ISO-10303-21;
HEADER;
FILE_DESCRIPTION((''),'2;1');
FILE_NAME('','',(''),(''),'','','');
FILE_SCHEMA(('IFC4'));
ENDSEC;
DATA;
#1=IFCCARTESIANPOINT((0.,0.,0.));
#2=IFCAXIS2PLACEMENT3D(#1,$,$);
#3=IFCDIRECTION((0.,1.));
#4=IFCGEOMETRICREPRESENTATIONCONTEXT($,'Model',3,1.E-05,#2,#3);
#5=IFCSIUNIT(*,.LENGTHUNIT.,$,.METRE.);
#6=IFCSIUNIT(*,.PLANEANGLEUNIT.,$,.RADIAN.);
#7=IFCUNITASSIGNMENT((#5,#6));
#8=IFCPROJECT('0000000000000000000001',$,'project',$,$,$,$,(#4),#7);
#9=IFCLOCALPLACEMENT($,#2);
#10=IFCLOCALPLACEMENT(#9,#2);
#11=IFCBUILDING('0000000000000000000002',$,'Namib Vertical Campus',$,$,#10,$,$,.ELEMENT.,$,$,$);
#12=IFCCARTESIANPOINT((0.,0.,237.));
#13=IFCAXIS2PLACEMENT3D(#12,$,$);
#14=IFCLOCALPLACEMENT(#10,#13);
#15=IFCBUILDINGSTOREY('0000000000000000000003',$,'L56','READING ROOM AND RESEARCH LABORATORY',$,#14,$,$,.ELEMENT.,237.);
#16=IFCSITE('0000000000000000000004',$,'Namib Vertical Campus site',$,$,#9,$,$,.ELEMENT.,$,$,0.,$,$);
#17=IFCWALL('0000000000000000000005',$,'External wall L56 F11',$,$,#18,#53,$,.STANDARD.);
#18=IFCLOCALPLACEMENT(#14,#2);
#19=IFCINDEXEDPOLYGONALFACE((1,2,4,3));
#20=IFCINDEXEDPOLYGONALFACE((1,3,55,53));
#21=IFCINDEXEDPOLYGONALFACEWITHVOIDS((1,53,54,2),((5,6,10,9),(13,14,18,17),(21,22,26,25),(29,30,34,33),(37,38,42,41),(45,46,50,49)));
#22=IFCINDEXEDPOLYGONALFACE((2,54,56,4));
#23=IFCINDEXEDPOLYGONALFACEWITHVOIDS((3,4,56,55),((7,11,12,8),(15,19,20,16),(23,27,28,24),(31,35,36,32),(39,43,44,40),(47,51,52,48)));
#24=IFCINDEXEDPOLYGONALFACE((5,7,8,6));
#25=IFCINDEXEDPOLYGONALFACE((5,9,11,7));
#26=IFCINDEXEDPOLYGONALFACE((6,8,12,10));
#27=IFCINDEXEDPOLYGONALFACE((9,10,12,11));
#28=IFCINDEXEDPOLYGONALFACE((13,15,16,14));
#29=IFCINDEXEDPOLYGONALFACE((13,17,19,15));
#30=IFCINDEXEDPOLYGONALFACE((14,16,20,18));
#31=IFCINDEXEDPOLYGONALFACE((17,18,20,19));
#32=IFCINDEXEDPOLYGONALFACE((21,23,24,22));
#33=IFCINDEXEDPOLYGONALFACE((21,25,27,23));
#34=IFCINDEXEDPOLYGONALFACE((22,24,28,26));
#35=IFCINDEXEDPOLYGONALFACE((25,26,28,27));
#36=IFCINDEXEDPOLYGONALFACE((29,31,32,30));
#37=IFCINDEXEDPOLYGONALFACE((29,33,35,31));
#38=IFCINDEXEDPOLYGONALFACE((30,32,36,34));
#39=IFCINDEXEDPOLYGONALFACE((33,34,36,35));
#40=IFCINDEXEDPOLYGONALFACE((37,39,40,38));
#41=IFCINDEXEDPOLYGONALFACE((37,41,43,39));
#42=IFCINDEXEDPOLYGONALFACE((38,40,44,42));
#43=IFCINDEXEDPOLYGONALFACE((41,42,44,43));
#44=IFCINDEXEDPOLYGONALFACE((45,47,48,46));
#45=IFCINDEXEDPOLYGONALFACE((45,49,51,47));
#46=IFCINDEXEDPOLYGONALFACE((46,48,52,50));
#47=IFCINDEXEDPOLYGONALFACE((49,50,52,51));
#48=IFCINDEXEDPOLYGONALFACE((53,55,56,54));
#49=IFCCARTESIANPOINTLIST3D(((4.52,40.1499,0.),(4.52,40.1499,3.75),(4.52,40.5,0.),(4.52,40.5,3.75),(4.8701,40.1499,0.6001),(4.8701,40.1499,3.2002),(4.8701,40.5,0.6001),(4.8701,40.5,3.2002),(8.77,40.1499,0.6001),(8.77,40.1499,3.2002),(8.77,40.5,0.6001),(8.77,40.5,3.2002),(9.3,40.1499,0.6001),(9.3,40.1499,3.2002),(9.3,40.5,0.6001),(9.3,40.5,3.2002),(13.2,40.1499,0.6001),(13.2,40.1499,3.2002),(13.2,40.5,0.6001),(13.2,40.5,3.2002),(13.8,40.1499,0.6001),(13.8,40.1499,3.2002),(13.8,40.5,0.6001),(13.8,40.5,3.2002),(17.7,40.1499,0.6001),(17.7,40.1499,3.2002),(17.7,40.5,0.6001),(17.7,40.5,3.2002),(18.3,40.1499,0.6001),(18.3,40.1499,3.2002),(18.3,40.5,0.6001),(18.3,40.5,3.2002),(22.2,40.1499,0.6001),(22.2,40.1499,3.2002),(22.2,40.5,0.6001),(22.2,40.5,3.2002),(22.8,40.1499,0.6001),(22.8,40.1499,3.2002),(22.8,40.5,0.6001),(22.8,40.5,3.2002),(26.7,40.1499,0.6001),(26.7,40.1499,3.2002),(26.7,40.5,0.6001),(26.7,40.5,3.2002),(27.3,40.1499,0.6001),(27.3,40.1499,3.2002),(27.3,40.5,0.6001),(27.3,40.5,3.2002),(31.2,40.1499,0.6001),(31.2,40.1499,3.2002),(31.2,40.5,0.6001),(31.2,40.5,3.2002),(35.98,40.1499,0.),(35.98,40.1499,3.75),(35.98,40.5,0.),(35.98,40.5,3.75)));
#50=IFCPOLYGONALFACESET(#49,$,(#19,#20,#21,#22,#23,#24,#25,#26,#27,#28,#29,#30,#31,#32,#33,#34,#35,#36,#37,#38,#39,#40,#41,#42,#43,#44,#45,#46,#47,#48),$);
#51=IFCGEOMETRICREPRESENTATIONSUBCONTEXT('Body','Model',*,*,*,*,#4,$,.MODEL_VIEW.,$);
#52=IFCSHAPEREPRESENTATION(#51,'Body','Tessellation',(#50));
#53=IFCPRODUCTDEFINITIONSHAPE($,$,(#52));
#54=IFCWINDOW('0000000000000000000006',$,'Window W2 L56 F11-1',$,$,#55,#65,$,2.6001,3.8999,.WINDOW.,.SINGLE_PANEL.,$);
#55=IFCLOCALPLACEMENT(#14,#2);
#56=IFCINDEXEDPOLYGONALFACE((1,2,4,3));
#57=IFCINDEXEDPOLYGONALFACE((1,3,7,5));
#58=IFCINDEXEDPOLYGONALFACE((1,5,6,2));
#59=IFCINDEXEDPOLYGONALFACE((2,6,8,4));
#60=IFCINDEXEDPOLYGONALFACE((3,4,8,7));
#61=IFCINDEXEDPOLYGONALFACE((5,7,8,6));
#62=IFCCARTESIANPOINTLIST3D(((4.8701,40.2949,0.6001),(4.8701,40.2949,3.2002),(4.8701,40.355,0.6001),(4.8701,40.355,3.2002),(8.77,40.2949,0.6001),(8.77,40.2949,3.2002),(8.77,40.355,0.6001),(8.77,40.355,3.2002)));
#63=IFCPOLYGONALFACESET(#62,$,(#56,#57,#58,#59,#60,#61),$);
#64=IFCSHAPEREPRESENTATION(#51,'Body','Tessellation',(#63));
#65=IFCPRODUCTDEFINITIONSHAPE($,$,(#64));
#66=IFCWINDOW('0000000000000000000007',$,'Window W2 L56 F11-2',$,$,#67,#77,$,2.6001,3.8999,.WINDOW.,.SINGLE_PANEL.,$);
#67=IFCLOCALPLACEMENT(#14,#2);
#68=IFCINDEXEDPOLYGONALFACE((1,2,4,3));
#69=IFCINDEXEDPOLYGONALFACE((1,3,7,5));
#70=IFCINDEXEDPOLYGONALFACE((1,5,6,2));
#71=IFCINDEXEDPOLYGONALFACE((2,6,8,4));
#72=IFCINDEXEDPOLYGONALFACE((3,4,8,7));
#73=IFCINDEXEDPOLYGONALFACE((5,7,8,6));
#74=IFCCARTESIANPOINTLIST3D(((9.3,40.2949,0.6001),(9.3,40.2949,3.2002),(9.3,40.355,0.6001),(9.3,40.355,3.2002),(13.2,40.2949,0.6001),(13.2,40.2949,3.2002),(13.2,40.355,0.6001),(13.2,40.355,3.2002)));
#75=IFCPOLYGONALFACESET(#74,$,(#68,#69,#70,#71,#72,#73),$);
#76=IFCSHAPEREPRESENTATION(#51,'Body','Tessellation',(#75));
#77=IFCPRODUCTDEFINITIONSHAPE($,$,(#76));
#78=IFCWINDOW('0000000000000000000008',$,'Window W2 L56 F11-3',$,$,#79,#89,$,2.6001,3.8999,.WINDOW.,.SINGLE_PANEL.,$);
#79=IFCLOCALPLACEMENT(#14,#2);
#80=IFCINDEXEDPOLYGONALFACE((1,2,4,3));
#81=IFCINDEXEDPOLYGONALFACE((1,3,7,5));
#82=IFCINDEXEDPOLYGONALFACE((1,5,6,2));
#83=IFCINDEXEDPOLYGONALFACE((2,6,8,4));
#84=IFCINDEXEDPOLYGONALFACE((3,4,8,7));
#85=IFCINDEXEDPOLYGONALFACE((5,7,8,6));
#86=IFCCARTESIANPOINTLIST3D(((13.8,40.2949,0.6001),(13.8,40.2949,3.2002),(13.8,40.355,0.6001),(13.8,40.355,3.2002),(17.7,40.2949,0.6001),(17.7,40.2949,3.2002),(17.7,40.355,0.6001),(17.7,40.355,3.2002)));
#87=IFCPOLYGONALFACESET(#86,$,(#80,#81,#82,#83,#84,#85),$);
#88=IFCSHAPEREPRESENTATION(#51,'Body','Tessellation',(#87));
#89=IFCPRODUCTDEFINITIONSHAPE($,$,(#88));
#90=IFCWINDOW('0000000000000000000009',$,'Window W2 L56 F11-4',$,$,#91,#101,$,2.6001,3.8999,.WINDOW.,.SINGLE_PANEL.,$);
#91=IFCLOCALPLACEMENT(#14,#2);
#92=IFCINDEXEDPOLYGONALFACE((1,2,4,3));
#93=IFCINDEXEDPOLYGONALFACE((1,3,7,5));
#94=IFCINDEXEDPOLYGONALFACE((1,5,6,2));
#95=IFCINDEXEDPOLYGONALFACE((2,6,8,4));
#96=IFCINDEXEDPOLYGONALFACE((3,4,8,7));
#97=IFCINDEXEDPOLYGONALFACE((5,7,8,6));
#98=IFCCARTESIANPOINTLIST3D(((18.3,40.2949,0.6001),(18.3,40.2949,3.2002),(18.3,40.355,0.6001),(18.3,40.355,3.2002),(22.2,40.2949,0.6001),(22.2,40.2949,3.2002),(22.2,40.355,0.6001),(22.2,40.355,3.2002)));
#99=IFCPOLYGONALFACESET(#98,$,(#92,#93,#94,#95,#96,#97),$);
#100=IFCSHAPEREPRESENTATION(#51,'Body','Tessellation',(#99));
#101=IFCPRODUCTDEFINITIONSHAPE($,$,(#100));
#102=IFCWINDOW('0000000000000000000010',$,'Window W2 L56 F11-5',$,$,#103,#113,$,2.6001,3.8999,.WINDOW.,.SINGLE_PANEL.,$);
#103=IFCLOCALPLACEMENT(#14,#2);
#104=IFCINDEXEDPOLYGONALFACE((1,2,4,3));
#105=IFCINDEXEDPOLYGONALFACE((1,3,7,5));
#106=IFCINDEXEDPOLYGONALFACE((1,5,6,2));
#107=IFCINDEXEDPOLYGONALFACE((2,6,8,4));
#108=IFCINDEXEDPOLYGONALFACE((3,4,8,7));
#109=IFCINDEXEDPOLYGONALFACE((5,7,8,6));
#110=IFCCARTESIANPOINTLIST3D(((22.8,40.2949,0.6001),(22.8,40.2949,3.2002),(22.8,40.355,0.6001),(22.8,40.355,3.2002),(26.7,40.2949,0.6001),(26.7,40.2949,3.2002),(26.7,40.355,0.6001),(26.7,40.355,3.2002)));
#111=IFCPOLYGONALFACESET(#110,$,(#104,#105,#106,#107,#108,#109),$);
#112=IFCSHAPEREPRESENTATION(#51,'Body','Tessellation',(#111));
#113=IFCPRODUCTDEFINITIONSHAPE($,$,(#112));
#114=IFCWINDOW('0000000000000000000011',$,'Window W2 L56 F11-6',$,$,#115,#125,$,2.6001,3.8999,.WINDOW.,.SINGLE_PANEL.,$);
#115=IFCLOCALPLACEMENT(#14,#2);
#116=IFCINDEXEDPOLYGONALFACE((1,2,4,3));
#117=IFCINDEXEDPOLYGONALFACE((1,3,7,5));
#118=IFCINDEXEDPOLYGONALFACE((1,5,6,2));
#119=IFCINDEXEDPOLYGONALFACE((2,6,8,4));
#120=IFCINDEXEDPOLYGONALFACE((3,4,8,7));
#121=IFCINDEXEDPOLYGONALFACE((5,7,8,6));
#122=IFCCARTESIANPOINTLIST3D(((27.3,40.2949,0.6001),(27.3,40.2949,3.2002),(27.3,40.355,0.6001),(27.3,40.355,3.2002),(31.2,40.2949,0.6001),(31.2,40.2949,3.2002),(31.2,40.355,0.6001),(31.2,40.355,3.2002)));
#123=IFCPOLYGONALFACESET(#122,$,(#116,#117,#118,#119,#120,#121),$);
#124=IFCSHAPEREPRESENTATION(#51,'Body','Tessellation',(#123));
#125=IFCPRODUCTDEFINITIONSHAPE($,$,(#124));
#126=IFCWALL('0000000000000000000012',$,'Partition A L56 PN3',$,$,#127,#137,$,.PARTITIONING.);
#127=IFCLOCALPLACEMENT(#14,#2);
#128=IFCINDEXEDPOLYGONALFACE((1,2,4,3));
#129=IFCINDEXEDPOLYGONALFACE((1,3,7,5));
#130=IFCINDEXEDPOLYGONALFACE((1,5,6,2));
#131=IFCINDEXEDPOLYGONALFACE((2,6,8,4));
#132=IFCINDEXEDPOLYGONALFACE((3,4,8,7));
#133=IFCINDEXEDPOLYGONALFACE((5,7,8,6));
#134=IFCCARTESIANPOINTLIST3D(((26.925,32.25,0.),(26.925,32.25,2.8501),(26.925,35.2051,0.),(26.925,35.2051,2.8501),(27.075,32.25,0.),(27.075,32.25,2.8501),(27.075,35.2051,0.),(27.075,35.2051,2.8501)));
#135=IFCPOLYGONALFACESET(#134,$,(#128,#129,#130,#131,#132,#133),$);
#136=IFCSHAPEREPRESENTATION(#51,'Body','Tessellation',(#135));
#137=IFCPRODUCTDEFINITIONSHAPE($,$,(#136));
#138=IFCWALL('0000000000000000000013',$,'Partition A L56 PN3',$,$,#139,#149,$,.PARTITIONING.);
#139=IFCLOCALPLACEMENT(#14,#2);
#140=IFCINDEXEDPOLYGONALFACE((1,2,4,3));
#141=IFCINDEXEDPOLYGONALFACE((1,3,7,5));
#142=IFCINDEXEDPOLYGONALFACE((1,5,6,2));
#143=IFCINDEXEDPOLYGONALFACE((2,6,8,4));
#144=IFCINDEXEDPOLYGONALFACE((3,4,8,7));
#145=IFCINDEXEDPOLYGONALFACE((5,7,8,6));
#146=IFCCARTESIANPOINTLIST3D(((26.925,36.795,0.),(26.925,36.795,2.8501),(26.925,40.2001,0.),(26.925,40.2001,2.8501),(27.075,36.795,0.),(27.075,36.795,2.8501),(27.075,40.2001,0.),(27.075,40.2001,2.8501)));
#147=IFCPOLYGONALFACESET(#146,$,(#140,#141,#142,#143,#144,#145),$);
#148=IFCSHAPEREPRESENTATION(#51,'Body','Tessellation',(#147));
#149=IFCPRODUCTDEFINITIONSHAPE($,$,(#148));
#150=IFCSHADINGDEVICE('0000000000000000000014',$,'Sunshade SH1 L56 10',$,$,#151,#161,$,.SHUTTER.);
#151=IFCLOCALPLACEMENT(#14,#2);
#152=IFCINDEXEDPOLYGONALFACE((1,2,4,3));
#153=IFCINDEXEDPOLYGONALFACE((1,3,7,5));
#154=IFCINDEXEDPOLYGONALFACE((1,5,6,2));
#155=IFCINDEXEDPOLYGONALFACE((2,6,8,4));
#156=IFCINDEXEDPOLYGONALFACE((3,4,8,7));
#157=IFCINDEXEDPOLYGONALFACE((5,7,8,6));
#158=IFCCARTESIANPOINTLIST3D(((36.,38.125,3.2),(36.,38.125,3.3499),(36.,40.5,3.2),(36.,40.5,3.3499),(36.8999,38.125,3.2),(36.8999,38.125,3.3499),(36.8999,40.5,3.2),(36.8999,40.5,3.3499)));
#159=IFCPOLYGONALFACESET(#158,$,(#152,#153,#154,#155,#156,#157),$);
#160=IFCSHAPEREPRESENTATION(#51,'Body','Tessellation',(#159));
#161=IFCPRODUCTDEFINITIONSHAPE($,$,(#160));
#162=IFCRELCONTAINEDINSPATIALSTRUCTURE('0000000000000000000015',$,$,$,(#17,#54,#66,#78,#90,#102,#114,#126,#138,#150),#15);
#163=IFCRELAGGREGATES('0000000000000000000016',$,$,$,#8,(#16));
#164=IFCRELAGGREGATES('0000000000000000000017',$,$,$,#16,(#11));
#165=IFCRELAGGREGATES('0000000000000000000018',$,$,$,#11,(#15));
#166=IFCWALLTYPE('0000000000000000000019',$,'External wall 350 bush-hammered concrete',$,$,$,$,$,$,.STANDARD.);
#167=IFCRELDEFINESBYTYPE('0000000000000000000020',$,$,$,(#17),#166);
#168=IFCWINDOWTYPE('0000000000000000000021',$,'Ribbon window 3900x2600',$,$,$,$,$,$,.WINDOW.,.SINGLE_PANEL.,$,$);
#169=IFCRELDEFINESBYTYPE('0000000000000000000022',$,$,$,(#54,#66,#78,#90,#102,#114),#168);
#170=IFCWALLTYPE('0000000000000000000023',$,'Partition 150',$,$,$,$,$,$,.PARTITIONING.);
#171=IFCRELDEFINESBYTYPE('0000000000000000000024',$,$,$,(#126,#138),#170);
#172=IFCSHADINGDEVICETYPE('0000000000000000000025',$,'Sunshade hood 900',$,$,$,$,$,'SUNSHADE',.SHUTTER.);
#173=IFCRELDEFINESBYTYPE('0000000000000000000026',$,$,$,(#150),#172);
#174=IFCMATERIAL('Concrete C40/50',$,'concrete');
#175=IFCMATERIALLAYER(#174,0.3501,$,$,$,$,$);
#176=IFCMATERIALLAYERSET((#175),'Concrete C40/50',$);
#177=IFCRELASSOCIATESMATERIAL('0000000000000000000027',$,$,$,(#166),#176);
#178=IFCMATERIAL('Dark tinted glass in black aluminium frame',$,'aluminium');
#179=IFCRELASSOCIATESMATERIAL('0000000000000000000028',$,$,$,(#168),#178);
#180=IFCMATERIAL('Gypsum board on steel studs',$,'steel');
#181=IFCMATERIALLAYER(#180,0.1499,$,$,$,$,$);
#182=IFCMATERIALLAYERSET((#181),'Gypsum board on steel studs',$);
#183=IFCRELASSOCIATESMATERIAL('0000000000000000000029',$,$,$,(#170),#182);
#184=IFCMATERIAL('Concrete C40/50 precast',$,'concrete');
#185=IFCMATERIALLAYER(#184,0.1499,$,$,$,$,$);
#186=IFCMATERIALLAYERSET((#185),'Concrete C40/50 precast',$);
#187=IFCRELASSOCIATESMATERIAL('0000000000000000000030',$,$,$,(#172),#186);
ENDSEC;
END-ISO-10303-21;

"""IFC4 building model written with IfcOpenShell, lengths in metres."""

from ifc_helpers import new_model, si_unit, direction, frame, frame_2d, origin, origin_2d, place, context, subcontext, project, spatial, rectangle, extrude, material, layer, layer_set, type_object, element, fill, save


model = new_model("IFC4")

# Units and contexts
model_context = context("Model", 3, precision=1e-05, world=origin(), true_north=direction((0.0, 1.0)))
body_context = subcontext(model_context, "Body", "Model", "MODEL_VIEW")
ifc_project = project(units=[si_unit("LENGTHUNIT", "METRE"), si_unit("PLANEANGLEUNIT", "RADIAN")], contexts=[model_context])

# Site, building, storey
site_placement = place(None, origin())
site = spatial("IfcSite", under=ifc_project, at=site_placement, Name="Namib Vertical Campus site", CompositionType="ELEMENT", RefElevation=0.0)
building_placement = place(site_placement, origin())
building = spatial("IfcBuilding", under=site, at=building_placement, Name="Namib Vertical Campus", CompositionType="ELEMENT")
storey_placement = place(building_placement, frame((0.0, 0.0, 237.0)))
storey = spatial("IfcBuildingStorey", under=building, at=storey_placement, Name="L56", Description="READING ROOM AND RESEARCH LABORATORY", CompositionType="ELEMENT", Elevation=237.0)

# Shared definitions
ifc_material_1 = material(Name="Concrete C40/50", Category="concrete")
ifc_layer_1 = layer(ifc_material_1, 0.3501)
ifc_layer_set_1 = layer_set([ifc_layer_1], Name="Concrete C40/50")
wall_type_1 = type_object("IfcWallType", Name="External wall 350 bush-hammered concrete", PredefinedType="STANDARD", material=ifc_layer_set_1)

# Wall, openings, windows
wall_1_placement = place(storey_placement, frame((35.98, 40.325, 0.0), z_axis=(0.0, 0.0, 1.0), x_axis=(-1.0, 0.0, 0.0)))
wall_1 = element("IfcWall", 1, at=wall_1_placement, inside=storey, type_object=wall_type_1, Name="External wall L56 F11", PredefinedType="STANDARD", context=body_context, shape_type="SweptSolid", body=[
    extrude(rectangle(XDim=31.46, YDim=0.3501, at=frame_2d((15.73, 0.0))), origin(), (0.0, 0.0, 1.0), 3.75),
])
opening_1_placement = place(wall_1_placement, frame((27.21, 0.0, 0.6001)))
opening_1 = element("IfcOpeningElement", 2, at=opening_1_placement, cuts=wall_1, PredefinedType="OPENING", context=body_context, shape_type="SweptSolid", body=[
    extrude(rectangle(XDim=3.8999, YDim=2.6001, at=frame_2d((1.95, 1.3))), frame((0.0, 0.1851, 0.0), z_axis=(0.0, -1.0, 0.0), x_axis=(1.0, 0.0, 0.0)), (0.0, 0.0, 1.0), 0.3701),
])
opening_2_placement = place(wall_1_placement, frame((22.78, 0.0, 0.6001)))
opening_2 = element("IfcOpeningElement", 3, at=opening_2_placement, cuts=wall_1, PredefinedType="OPENING", context=body_context, shape_type="SweptSolid", body=[
    extrude(rectangle(XDim=3.8999, YDim=2.6001, at=frame_2d((1.95, 1.3))), frame((0.0, 0.1851, 0.0), z_axis=(0.0, -1.0, 0.0), x_axis=(1.0, 0.0, 0.0)), (0.0, 0.0, 1.0), 0.3701),
])
opening_3_placement = place(wall_1_placement, frame((18.28, 0.0, 0.6001)))
opening_3 = element("IfcOpeningElement", 4, at=opening_3_placement, cuts=wall_1, PredefinedType="OPENING", context=body_context, shape_type="SweptSolid", body=[
    extrude(rectangle(XDim=3.8999, YDim=2.6001, at=frame_2d((1.95, 1.3))), frame((0.0, 0.1851, 0.0), z_axis=(0.0, -1.0, 0.0), x_axis=(1.0, 0.0, 0.0)), (0.0, 0.0, 1.0), 0.3701),
])
opening_4_placement = place(wall_1_placement, frame((13.78, 0.0, 0.6001)))
opening_4 = element("IfcOpeningElement", 5, at=opening_4_placement, cuts=wall_1, PredefinedType="OPENING", context=body_context, shape_type="SweptSolid", body=[
    extrude(rectangle(XDim=3.8999, YDim=2.6001, at=frame_2d((1.95, 1.3))), frame((0.0, 0.1851, 0.0), z_axis=(0.0, -1.0, 0.0), x_axis=(1.0, 0.0, 0.0)), (0.0, 0.0, 1.0), 0.3701),
])
opening_5_placement = place(wall_1_placement, frame((9.28, 0.0, 0.6001)))
opening_5 = element("IfcOpeningElement", 6, at=opening_5_placement, cuts=wall_1, PredefinedType="OPENING", context=body_context, shape_type="SweptSolid", body=[
    extrude(rectangle(XDim=3.8999, YDim=2.6001, at=frame_2d((1.95, 1.3))), frame((0.0, 0.1851, 0.0), z_axis=(0.0, -1.0, 0.0), x_axis=(1.0, 0.0, 0.0)), (0.0, 0.0, 1.0), 0.3701),
])
opening_6_placement = place(wall_1_placement, frame((4.78, 0.0, 0.6001)))
opening_6 = element("IfcOpeningElement", 7, at=opening_6_placement, cuts=wall_1, PredefinedType="OPENING", context=body_context, shape_type="SweptSolid", body=[
    extrude(rectangle(XDim=3.8999, YDim=2.6001, at=frame_2d((1.95, 1.3))), frame((0.0, 0.1851, 0.0), z_axis=(0.0, -1.0, 0.0), x_axis=(1.0, 0.0, 0.0)), (0.0, 0.0, 1.0), 0.3701),
])
ifc_material_2 = material(Name="Dark tinted glass in black aluminium frame", Category="aluminium")
window_type = type_object("IfcWindowType", Name="Ribbon window 3900x2600", PartitioningType="SINGLE_PANEL", PredefinedType="WINDOW", material=ifc_material_2)
window_1_placement = place(opening_1_placement, origin())
window_1 = element("IfcWindow", 8, at=window_1_placement, inside=storey, type_object=window_type, Name="Window W2 L56 F11-1", OverallHeight=2.6001, OverallWidth=3.8999, PartitioningType="SINGLE_PANEL", PredefinedType="WINDOW", context=body_context, shape_type="SweptSolid", body=[
    extrude(rectangle(XDim=3.8999, YDim=2.6001, at=frame_2d((1.95, 1.3))), frame((0.0, 0.03, 0.0), z_axis=(0.0, -1.0, 0.0), x_axis=(1.0, 0.0, 0.0)), (0.0, 0.0, 1.0), 0.0601),
])
fill(opening_1, window_1)
window_2_placement = place(opening_2_placement, origin())
window_2 = element("IfcWindow", 9, at=window_2_placement, inside=storey, type_object=window_type, Name="Window W2 L56 F11-2", OverallHeight=2.6001, OverallWidth=3.8999, PartitioningType="SINGLE_PANEL", PredefinedType="WINDOW", context=body_context, shape_type="SweptSolid", body=[
    extrude(rectangle(XDim=3.8999, YDim=2.6001, at=frame_2d((1.95, 1.3))), frame((0.0, 0.03, 0.0), z_axis=(0.0, -1.0, 0.0), x_axis=(1.0, 0.0, 0.0)), (0.0, 0.0, 1.0), 0.0601),
])
fill(opening_2, window_2)
window_3_placement = place(opening_3_placement, origin())
window_3 = element("IfcWindow", 10, at=window_3_placement, inside=storey, type_object=window_type, Name="Window W2 L56 F11-3", OverallHeight=2.6001, OverallWidth=3.8999, PartitioningType="SINGLE_PANEL", PredefinedType="WINDOW", context=body_context, shape_type="SweptSolid", body=[
    extrude(rectangle(XDim=3.8999, YDim=2.6001, at=frame_2d((1.95, 1.3))), frame((0.0, 0.03, 0.0), z_axis=(0.0, -1.0, 0.0), x_axis=(1.0, 0.0, 0.0)), (0.0, 0.0, 1.0), 0.0601),
])
fill(opening_3, window_3)
window_4_placement = place(opening_4_placement, origin())
window_4 = element("IfcWindow", 11, at=window_4_placement, inside=storey, type_object=window_type, Name="Window W2 L56 F11-4", OverallHeight=2.6001, OverallWidth=3.8999, PartitioningType="SINGLE_PANEL", PredefinedType="WINDOW", context=body_context, shape_type="SweptSolid", body=[
    extrude(rectangle(XDim=3.8999, YDim=2.6001, at=frame_2d((1.95, 1.3))), frame((0.0, 0.03, 0.0), z_axis=(0.0, -1.0, 0.0), x_axis=(1.0, 0.0, 0.0)), (0.0, 0.0, 1.0), 0.0601),
])
fill(opening_4, window_4)
window_5_placement = place(opening_5_placement, origin())
window_5 = element("IfcWindow", 12, at=window_5_placement, inside=storey, type_object=window_type, Name="Window W2 L56 F11-5", OverallHeight=2.6001, OverallWidth=3.8999, PartitioningType="SINGLE_PANEL", PredefinedType="WINDOW", context=body_context, shape_type="SweptSolid", body=[
    extrude(rectangle(XDim=3.8999, YDim=2.6001, at=frame_2d((1.95, 1.3))), frame((0.0, 0.03, 0.0), z_axis=(0.0, -1.0, 0.0), x_axis=(1.0, 0.0, 0.0)), (0.0, 0.0, 1.0), 0.0601),
])
fill(opening_5, window_5)
window_6_placement = place(opening_6_placement, origin())
window_6 = element("IfcWindow", 13, at=window_6_placement, inside=storey, type_object=window_type, Name="Window W2 L56 F11-6", OverallHeight=2.6001, OverallWidth=3.8999, PartitioningType="SINGLE_PANEL", PredefinedType="WINDOW", context=body_context, shape_type="SweptSolid", body=[
    extrude(rectangle(XDim=3.8999, YDim=2.6001, at=frame_2d((1.95, 1.3))), frame((0.0, 0.03, 0.0), z_axis=(0.0, -1.0, 0.0), x_axis=(1.0, 0.0, 0.0)), (0.0, 0.0, 1.0), 0.0601),
])
fill(opening_6, window_6)

# Walls
ifc_material_3 = material(Name="Gypsum board on steel studs", Category="steel")
ifc_layer_2 = layer(ifc_material_3, 0.1499)
ifc_layer_set_2 = layer_set([ifc_layer_2], Name="Gypsum board on steel studs")
wall_type_2 = type_object("IfcWallType", Name="Partition 150", PredefinedType="PARTITIONING", material=ifc_layer_set_2)
wall_2_placement = place(storey_placement, frame((27.0, 32.25, 0.0), z_axis=(0.0, 0.0, 1.0), x_axis=(0.0, 1.0, 0.0)))
element("IfcWall", 14, at=wall_2_placement, inside=storey, type_object=wall_type_2, Name="Partition A L56 PN3", PredefinedType="PARTITIONING", context=body_context, shape_type="SweptSolid", body=[
    extrude(rectangle(XDim=2.9551, YDim=0.1499, at=frame_2d((1.4775, 0.0))), origin(), (0.0, 0.0, 1.0), 2.8501),
])
wall_3_placement = place(storey_placement, frame((27.0, 36.7949, 0.0), z_axis=(0.0, 0.0, 1.0), x_axis=(0.0, 1.0, 0.0)))
element("IfcWall", 15, at=wall_3_placement, inside=storey, type_object=wall_type_2, Name="Partition A L56 PN3", PredefinedType="PARTITIONING", context=body_context, shape_type="SweptSolid", body=[
    extrude(rectangle(XDim=3.405, YDim=0.1499, at=frame_2d((1.7026, 0.0))), origin(), (0.0, 0.0, 1.0), 2.8501),
])

# Shading device
ifc_material_4 = material(Name="Concrete C40/50 precast", Category="concrete")
ifc_layer_3 = layer(ifc_material_4, 0.1499)
ifc_layer_set_3 = layer_set([ifc_layer_3], Name="Concrete C40/50 precast")
shading_device_type = type_object("IfcShadingDeviceType", Name="Sunshade hood 900", ElementType="SUNSHADE", PredefinedType="SHUTTER", material=ifc_layer_set_3)
shading_device_placement = place(storey_placement, frame((36.45, 39.3125, 3.2), z_axis=(0.0, 0.0, 1.0), x_axis=(0.0, 1.0, 0.0)))
element("IfcShadingDevice", 16, at=shading_device_placement, inside=storey, type_object=shading_device_type, Name="Sunshade SH1 L56 10", PredefinedType="SHUTTER", context=body_context, shape_type="SweptSolid", body=[
    extrude(rectangle(XDim=2.375, YDim=0.8999, at=origin_2d()), origin(), (0.0, 0.0, 1.0), 0.1499),
])

save(model, "model.ifc")
